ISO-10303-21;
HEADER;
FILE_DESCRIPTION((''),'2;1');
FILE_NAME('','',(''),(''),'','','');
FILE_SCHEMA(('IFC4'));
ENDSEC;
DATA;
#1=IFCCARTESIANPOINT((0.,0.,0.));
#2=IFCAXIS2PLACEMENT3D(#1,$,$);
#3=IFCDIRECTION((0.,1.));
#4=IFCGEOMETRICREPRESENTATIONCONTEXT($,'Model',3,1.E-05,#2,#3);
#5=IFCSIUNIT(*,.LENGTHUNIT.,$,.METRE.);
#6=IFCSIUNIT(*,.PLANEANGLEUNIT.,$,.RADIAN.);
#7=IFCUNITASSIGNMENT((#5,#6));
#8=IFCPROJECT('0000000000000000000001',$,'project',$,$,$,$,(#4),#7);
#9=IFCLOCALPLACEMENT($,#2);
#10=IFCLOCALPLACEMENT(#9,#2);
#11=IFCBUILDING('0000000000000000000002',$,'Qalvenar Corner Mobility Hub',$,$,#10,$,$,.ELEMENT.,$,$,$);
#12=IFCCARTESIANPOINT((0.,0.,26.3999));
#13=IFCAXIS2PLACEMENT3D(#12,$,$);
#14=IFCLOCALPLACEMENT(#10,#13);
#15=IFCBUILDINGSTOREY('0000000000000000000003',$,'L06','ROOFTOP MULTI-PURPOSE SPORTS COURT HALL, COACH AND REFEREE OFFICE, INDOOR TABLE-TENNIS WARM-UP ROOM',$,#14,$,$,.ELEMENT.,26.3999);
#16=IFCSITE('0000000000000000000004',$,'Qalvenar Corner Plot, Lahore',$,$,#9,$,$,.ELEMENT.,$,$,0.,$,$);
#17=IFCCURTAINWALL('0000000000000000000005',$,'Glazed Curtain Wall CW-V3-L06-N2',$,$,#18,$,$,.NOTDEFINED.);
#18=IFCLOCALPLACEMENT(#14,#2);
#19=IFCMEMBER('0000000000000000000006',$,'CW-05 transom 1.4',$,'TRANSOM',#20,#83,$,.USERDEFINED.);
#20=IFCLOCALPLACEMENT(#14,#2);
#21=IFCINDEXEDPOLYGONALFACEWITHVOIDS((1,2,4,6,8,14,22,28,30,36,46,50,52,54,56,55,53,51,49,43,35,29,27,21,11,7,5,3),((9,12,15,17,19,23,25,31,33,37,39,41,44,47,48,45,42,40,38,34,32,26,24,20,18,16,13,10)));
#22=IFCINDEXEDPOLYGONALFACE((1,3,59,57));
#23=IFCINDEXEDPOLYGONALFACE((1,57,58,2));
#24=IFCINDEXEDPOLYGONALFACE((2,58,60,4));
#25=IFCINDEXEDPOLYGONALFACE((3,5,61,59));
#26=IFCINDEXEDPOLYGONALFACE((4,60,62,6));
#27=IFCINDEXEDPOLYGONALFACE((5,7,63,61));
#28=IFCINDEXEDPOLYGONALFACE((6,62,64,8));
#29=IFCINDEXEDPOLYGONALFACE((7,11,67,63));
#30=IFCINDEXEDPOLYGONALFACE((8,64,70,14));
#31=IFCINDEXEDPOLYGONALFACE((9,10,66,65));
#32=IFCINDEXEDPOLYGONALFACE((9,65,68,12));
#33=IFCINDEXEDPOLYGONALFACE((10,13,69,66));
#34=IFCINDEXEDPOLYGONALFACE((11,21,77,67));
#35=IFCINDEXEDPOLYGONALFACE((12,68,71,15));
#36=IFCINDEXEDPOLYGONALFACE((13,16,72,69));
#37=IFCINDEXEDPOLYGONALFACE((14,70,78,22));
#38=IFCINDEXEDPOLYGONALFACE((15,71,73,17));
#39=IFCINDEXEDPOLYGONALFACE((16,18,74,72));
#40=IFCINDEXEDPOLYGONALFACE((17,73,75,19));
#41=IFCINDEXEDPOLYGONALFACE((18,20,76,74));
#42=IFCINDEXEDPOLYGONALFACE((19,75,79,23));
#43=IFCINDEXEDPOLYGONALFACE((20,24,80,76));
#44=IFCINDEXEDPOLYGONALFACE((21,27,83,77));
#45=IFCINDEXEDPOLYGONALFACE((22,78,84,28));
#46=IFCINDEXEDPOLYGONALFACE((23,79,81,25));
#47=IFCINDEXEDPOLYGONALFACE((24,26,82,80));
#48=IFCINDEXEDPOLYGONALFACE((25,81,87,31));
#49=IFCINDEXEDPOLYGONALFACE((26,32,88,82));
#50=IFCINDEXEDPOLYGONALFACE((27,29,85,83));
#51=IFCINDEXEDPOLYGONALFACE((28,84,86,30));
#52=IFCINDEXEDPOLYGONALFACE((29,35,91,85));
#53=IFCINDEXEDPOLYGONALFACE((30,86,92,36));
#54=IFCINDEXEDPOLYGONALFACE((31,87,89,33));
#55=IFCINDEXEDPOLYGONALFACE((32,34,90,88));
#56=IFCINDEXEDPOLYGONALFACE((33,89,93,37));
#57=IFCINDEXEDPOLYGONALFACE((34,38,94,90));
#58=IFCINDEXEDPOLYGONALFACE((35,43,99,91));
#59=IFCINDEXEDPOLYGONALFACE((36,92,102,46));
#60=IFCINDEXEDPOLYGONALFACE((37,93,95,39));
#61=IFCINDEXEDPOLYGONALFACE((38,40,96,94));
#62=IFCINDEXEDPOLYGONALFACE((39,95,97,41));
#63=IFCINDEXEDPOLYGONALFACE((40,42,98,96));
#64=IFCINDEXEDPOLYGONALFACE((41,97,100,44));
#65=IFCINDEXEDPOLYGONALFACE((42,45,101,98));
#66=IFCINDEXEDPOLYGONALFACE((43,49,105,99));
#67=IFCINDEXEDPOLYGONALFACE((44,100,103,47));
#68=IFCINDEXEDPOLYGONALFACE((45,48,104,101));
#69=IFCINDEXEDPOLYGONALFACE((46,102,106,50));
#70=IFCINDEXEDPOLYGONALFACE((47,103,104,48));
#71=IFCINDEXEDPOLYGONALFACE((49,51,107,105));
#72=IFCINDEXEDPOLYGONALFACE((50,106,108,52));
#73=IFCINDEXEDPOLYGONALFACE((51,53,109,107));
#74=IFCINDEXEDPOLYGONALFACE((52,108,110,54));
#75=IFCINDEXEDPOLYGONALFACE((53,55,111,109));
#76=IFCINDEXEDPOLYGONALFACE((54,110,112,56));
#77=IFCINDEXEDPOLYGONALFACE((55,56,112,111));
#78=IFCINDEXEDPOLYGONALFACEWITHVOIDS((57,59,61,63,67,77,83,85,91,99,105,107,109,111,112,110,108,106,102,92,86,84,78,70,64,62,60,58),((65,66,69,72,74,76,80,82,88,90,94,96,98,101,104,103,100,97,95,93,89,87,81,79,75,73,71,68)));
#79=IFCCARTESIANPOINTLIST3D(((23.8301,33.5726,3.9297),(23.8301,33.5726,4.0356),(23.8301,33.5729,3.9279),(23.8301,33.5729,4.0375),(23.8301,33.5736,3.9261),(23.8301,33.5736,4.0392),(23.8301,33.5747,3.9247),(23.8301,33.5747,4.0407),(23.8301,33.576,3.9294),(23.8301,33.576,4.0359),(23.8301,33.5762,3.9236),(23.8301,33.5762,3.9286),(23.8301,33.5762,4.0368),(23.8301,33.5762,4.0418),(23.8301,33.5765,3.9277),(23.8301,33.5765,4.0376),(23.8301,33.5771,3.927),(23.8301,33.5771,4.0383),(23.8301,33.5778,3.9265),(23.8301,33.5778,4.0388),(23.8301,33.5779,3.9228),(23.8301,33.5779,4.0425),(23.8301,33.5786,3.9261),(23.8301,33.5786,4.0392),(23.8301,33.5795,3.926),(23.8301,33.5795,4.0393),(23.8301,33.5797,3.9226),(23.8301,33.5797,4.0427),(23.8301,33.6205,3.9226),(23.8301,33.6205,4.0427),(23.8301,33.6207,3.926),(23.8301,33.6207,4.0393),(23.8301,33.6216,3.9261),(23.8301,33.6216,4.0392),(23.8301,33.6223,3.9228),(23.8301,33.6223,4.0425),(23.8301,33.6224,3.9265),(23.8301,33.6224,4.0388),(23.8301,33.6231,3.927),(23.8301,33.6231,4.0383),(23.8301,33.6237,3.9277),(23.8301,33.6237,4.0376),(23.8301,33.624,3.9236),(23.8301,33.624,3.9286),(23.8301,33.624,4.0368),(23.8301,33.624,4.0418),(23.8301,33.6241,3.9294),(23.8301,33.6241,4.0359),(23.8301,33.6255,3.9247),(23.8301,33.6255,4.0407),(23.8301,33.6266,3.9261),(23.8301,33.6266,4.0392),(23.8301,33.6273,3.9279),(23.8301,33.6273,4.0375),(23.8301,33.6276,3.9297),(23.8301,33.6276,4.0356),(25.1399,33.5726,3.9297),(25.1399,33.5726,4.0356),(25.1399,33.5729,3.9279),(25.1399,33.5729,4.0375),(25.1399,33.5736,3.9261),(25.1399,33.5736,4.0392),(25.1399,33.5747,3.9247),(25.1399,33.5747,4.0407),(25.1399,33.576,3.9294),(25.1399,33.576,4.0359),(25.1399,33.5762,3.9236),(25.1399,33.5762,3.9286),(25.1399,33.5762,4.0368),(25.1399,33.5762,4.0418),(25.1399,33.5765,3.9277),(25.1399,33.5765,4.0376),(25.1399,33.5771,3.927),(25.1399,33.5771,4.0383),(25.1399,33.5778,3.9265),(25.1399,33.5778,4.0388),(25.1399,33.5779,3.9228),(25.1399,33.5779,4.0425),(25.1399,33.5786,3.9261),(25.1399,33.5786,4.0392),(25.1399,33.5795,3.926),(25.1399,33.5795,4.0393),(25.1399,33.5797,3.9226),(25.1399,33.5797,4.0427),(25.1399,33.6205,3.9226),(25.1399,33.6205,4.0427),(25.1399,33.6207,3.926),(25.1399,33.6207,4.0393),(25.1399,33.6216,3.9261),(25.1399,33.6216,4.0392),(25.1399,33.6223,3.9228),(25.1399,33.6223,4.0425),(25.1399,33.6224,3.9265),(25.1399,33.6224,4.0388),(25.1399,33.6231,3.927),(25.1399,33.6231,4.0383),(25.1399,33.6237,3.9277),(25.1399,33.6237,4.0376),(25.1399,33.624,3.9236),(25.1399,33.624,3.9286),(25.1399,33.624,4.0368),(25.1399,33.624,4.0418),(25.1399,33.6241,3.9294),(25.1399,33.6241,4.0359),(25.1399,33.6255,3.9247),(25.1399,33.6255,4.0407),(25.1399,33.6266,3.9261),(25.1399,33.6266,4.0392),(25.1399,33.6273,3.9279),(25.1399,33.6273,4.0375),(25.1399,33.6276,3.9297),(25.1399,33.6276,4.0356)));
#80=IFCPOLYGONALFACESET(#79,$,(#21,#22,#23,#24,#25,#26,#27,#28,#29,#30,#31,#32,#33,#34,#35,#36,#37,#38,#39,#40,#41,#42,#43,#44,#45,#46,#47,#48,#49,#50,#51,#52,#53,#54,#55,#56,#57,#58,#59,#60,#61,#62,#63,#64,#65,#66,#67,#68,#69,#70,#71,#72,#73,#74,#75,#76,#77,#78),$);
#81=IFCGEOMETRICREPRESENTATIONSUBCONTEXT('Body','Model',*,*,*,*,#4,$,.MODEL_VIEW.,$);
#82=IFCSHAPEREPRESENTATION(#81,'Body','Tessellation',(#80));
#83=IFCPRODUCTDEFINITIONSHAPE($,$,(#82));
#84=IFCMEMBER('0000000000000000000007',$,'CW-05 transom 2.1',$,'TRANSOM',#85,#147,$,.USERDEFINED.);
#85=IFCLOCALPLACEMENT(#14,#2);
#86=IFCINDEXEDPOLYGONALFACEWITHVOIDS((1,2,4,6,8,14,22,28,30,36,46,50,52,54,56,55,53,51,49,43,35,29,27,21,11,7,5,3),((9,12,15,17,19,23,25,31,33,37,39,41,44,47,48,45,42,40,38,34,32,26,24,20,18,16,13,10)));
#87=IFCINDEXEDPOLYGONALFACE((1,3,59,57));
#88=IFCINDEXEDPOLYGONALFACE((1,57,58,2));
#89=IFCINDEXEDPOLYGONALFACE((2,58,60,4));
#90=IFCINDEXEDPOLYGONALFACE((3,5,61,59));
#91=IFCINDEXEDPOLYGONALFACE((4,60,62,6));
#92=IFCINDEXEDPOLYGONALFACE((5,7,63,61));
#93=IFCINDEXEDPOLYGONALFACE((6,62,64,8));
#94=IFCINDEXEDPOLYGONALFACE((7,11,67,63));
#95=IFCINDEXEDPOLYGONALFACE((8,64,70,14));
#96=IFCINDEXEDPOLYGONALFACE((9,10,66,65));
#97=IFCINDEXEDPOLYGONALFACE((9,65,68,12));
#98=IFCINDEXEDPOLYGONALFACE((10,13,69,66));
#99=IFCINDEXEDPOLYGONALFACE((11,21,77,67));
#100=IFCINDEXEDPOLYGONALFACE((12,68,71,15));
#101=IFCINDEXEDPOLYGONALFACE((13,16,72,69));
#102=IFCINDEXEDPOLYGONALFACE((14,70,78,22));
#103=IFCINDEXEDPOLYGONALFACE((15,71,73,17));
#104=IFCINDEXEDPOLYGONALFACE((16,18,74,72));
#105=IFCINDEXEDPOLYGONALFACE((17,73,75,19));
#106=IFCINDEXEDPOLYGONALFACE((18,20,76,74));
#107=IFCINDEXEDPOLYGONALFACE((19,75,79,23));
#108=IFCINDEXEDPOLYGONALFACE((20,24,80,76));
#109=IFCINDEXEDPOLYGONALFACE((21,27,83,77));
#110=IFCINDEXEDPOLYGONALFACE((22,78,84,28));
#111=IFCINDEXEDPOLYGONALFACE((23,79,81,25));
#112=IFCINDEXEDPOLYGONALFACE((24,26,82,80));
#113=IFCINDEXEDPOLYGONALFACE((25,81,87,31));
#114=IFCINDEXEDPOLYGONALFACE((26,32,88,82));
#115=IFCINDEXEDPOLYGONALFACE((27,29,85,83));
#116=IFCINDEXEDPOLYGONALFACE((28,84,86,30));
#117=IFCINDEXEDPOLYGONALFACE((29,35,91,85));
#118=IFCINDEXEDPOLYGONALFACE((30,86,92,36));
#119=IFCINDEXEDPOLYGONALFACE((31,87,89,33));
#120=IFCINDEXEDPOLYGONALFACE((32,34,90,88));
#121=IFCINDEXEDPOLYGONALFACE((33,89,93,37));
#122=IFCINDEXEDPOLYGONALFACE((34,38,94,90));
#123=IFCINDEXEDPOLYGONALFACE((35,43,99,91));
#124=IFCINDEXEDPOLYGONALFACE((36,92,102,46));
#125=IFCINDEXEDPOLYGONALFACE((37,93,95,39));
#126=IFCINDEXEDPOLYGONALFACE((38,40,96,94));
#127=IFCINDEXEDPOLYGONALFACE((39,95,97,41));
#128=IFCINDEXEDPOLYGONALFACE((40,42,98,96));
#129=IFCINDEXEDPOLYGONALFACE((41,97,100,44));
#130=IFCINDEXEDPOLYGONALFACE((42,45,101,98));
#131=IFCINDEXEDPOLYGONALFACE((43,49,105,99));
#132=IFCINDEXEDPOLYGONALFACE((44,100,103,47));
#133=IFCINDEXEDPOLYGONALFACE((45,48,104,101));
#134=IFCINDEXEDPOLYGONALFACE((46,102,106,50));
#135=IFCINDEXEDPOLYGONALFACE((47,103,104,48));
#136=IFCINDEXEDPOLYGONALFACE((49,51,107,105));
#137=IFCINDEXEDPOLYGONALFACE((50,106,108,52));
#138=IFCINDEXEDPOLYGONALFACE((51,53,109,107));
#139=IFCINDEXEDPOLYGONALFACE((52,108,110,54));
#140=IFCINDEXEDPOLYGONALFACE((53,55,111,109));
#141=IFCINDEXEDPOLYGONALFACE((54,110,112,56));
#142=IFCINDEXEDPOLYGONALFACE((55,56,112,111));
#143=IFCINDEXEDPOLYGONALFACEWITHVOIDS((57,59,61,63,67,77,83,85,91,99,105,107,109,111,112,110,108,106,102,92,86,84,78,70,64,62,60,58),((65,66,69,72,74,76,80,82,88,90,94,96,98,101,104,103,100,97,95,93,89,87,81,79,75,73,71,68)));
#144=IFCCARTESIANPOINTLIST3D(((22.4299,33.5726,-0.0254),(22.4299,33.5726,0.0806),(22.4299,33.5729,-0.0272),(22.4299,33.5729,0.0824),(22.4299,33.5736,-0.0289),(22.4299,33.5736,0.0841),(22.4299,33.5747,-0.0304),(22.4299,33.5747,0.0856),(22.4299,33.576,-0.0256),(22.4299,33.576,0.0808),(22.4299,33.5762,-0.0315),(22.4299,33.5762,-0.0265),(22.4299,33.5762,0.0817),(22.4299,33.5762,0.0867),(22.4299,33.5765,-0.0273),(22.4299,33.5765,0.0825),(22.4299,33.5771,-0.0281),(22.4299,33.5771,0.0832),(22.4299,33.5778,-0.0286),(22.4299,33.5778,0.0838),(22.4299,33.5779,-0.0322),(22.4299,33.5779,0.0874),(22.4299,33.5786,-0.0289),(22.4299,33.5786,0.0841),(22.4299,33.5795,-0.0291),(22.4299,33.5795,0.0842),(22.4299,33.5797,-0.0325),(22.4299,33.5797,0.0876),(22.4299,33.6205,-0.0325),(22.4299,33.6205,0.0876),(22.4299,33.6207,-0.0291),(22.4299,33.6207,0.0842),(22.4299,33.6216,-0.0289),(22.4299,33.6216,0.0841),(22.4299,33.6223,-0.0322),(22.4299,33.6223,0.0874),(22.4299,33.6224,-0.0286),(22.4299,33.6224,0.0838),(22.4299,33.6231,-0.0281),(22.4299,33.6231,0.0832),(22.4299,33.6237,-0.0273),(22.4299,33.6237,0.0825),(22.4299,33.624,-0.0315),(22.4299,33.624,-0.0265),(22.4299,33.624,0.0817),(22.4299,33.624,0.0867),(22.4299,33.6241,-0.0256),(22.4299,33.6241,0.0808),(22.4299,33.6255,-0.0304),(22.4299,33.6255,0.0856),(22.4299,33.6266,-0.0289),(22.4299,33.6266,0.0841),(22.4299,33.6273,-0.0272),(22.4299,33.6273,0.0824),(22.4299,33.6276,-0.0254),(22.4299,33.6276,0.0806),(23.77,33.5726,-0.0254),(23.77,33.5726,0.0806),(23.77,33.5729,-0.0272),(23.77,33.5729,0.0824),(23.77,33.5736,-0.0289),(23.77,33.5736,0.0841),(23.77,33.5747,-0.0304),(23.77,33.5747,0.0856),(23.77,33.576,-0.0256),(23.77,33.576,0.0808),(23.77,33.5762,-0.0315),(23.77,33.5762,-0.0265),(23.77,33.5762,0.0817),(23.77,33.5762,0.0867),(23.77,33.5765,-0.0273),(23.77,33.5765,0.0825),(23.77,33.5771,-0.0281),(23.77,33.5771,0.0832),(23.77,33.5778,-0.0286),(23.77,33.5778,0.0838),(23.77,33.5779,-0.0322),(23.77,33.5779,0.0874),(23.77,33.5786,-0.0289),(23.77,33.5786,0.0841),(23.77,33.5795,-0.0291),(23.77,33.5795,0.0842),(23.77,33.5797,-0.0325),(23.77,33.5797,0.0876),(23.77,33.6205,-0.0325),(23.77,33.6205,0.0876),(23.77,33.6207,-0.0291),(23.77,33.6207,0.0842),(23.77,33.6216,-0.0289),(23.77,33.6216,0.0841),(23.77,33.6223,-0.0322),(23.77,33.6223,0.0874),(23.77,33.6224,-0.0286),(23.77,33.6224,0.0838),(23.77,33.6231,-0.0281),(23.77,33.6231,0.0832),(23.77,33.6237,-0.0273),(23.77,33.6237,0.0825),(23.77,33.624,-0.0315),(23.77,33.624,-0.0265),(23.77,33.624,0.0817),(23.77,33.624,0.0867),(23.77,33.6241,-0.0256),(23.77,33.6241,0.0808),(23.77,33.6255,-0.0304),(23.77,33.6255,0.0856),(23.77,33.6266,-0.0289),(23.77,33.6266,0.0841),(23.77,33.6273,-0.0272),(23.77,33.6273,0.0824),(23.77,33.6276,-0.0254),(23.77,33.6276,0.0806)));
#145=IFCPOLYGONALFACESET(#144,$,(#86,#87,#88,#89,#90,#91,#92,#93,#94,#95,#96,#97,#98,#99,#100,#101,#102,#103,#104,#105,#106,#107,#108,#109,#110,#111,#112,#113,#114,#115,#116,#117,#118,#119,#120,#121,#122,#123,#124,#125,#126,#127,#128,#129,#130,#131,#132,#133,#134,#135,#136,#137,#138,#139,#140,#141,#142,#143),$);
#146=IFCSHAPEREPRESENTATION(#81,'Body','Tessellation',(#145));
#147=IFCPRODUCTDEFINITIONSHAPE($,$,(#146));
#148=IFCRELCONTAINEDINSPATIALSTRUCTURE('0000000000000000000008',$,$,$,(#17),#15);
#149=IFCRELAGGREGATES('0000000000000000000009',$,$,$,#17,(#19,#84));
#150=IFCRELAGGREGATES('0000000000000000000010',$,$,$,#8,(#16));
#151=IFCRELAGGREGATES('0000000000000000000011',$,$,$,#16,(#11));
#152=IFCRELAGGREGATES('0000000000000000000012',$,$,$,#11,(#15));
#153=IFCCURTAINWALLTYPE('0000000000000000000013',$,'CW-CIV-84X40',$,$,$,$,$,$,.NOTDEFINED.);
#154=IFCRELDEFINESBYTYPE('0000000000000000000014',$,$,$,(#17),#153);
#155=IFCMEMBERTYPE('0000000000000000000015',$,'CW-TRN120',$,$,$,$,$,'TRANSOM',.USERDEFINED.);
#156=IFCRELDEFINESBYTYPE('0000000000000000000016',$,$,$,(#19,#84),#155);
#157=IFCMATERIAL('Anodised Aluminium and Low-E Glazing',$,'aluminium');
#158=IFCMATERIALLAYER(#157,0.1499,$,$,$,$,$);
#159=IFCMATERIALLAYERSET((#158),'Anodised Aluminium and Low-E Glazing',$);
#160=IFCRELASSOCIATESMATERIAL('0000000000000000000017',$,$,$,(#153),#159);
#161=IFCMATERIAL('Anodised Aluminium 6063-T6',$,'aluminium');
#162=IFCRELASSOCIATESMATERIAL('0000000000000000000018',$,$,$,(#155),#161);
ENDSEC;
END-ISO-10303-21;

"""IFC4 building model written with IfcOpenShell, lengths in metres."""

from ifc_helpers import new_model, si_unit, direction, frame, origin, origin_2d, place, context, subcontext, project, spatial, hollow_rectangle, extrude, material, layer, layer_set, material_profile, profile_set, type_object, element, aggregate, save


model = new_model("IFC4")

# Units and contexts
model_context = context("Model", 3, precision=1e-05, world=origin(), true_north=direction((0.0, 1.0)))
body_context = subcontext(model_context, "Body", "Model", "MODEL_VIEW")
ifc_project = project(units=[si_unit("LENGTHUNIT", "METRE"), si_unit("PLANEANGLEUNIT", "RADIAN")], contexts=[model_context])

# Site, building, storey
site_placement = place(None, origin())
site = spatial("IfcSite", under=ifc_project, at=site_placement, Name="Qalvenar Corner Plot, Lahore", CompositionType="ELEMENT", RefElevation=0.0)
building_placement = place(site_placement, origin())
building = spatial("IfcBuilding", under=site, at=building_placement, Name="Qalvenar Corner Mobility Hub", CompositionType="ELEMENT")
storey_placement = place(building_placement, frame((0.0, 0.0, 26.3999)))
storey = spatial("IfcBuildingStorey", under=building, at=storey_placement, Name="L06", Description="ROOFTOP MULTI-PURPOSE SPORTS COURT HALL, COACH AND REFEREE OFFICE, INDOOR TABLE-TENNIS WARM-UP ROOM", CompositionType="ELEMENT", Elevation=26.3999)

# Curtain wall, members
ifc_material_1 = material(Name="Anodised Aluminium and Low-E Glazing", Category="aluminium")
ifc_layer_1 = layer(ifc_material_1, 0.1499)
ifc_layer_set_1 = layer_set([ifc_layer_1], Name="Anodised Aluminium and Low-E Glazing")
curtain_wall_type = type_object("IfcCurtainWallType", Name="CW-CIV-84X40", PredefinedType="NOTDEFINED", material=ifc_layer_set_1)
curtain_wall_placement = place(storey_placement, origin())
curtain_wall = element("IfcCurtainWall", 1, at=curtain_wall_placement, inside=storey, type_object=curtain_wall_type, Name="Glazed Curtain Wall CW-V3-L06-N2", PredefinedType="NOTDEFINED")
ifc_material_2 = material(Name="Anodised Aluminium 6063-T6", Category="aluminium")
ifc_material_profile_1 = material_profile(ifc_material_2, hollow_rectangle(XDim=0.0549, YDim=0.1201, WallThickness=0.0034, InnerFilletRadius=0.0034, OuterFilletRadius=0.0071, at=origin_2d()), Name="RHS120x55x3.5")
ifc_profile_set_1 = profile_set([ifc_material_profile_1], Name="Anodised Aluminium 6063-T6")
member_type_1 = type_object("IfcMemberType", Name="CW-TRN120", ElementType="TRANSOM", PredefinedType="USERDEFINED", material=ifc_profile_set_1)
member_1_placement = place(storey_placement, frame((25.1399, 33.6001, 3.9827), z_axis=(-1.0, 0.0, 0.0), x_axis=(0.0, -1.0, 0.0)))
member_1 = element("IfcMember", 2, at=member_1_placement, type_object=member_type_1, Name="CW-05 transom 1.4", ObjectType="TRANSOM", PredefinedType="USERDEFINED", context=body_context, shape_type="SweptSolid", body=[
    extrude(hollow_rectangle(XDim=0.0549, YDim=0.1201, WallThickness=0.0034, InnerFilletRadius=0.0034, OuterFilletRadius=0.0071, at=origin_2d()), origin(), (0.0, 0.0, 1.0), 1.3098),
])
member_2_placement = place(storey_placement, frame((23.77, 33.6001, 0.0276), z_axis=(-1.0, 0.0, 0.0), x_axis=(0.0, -1.0, 0.0)))
member_2 = element("IfcMember", 3, at=member_2_placement, type_object=member_type_1, Name="CW-05 transom 2.1", ObjectType="TRANSOM", PredefinedType="USERDEFINED", context=body_context, shape_type="SweptSolid", body=[
    extrude(hollow_rectangle(XDim=0.0549, YDim=0.1201, WallThickness=0.0034, InnerFilletRadius=0.0034, OuterFilletRadius=0.0071, at=origin_2d()), origin(), (0.0, 0.0, 1.0), 1.3401),
])

aggregate(curtain_wall, [member_1, member_2])

save(model, "model.ifc")
